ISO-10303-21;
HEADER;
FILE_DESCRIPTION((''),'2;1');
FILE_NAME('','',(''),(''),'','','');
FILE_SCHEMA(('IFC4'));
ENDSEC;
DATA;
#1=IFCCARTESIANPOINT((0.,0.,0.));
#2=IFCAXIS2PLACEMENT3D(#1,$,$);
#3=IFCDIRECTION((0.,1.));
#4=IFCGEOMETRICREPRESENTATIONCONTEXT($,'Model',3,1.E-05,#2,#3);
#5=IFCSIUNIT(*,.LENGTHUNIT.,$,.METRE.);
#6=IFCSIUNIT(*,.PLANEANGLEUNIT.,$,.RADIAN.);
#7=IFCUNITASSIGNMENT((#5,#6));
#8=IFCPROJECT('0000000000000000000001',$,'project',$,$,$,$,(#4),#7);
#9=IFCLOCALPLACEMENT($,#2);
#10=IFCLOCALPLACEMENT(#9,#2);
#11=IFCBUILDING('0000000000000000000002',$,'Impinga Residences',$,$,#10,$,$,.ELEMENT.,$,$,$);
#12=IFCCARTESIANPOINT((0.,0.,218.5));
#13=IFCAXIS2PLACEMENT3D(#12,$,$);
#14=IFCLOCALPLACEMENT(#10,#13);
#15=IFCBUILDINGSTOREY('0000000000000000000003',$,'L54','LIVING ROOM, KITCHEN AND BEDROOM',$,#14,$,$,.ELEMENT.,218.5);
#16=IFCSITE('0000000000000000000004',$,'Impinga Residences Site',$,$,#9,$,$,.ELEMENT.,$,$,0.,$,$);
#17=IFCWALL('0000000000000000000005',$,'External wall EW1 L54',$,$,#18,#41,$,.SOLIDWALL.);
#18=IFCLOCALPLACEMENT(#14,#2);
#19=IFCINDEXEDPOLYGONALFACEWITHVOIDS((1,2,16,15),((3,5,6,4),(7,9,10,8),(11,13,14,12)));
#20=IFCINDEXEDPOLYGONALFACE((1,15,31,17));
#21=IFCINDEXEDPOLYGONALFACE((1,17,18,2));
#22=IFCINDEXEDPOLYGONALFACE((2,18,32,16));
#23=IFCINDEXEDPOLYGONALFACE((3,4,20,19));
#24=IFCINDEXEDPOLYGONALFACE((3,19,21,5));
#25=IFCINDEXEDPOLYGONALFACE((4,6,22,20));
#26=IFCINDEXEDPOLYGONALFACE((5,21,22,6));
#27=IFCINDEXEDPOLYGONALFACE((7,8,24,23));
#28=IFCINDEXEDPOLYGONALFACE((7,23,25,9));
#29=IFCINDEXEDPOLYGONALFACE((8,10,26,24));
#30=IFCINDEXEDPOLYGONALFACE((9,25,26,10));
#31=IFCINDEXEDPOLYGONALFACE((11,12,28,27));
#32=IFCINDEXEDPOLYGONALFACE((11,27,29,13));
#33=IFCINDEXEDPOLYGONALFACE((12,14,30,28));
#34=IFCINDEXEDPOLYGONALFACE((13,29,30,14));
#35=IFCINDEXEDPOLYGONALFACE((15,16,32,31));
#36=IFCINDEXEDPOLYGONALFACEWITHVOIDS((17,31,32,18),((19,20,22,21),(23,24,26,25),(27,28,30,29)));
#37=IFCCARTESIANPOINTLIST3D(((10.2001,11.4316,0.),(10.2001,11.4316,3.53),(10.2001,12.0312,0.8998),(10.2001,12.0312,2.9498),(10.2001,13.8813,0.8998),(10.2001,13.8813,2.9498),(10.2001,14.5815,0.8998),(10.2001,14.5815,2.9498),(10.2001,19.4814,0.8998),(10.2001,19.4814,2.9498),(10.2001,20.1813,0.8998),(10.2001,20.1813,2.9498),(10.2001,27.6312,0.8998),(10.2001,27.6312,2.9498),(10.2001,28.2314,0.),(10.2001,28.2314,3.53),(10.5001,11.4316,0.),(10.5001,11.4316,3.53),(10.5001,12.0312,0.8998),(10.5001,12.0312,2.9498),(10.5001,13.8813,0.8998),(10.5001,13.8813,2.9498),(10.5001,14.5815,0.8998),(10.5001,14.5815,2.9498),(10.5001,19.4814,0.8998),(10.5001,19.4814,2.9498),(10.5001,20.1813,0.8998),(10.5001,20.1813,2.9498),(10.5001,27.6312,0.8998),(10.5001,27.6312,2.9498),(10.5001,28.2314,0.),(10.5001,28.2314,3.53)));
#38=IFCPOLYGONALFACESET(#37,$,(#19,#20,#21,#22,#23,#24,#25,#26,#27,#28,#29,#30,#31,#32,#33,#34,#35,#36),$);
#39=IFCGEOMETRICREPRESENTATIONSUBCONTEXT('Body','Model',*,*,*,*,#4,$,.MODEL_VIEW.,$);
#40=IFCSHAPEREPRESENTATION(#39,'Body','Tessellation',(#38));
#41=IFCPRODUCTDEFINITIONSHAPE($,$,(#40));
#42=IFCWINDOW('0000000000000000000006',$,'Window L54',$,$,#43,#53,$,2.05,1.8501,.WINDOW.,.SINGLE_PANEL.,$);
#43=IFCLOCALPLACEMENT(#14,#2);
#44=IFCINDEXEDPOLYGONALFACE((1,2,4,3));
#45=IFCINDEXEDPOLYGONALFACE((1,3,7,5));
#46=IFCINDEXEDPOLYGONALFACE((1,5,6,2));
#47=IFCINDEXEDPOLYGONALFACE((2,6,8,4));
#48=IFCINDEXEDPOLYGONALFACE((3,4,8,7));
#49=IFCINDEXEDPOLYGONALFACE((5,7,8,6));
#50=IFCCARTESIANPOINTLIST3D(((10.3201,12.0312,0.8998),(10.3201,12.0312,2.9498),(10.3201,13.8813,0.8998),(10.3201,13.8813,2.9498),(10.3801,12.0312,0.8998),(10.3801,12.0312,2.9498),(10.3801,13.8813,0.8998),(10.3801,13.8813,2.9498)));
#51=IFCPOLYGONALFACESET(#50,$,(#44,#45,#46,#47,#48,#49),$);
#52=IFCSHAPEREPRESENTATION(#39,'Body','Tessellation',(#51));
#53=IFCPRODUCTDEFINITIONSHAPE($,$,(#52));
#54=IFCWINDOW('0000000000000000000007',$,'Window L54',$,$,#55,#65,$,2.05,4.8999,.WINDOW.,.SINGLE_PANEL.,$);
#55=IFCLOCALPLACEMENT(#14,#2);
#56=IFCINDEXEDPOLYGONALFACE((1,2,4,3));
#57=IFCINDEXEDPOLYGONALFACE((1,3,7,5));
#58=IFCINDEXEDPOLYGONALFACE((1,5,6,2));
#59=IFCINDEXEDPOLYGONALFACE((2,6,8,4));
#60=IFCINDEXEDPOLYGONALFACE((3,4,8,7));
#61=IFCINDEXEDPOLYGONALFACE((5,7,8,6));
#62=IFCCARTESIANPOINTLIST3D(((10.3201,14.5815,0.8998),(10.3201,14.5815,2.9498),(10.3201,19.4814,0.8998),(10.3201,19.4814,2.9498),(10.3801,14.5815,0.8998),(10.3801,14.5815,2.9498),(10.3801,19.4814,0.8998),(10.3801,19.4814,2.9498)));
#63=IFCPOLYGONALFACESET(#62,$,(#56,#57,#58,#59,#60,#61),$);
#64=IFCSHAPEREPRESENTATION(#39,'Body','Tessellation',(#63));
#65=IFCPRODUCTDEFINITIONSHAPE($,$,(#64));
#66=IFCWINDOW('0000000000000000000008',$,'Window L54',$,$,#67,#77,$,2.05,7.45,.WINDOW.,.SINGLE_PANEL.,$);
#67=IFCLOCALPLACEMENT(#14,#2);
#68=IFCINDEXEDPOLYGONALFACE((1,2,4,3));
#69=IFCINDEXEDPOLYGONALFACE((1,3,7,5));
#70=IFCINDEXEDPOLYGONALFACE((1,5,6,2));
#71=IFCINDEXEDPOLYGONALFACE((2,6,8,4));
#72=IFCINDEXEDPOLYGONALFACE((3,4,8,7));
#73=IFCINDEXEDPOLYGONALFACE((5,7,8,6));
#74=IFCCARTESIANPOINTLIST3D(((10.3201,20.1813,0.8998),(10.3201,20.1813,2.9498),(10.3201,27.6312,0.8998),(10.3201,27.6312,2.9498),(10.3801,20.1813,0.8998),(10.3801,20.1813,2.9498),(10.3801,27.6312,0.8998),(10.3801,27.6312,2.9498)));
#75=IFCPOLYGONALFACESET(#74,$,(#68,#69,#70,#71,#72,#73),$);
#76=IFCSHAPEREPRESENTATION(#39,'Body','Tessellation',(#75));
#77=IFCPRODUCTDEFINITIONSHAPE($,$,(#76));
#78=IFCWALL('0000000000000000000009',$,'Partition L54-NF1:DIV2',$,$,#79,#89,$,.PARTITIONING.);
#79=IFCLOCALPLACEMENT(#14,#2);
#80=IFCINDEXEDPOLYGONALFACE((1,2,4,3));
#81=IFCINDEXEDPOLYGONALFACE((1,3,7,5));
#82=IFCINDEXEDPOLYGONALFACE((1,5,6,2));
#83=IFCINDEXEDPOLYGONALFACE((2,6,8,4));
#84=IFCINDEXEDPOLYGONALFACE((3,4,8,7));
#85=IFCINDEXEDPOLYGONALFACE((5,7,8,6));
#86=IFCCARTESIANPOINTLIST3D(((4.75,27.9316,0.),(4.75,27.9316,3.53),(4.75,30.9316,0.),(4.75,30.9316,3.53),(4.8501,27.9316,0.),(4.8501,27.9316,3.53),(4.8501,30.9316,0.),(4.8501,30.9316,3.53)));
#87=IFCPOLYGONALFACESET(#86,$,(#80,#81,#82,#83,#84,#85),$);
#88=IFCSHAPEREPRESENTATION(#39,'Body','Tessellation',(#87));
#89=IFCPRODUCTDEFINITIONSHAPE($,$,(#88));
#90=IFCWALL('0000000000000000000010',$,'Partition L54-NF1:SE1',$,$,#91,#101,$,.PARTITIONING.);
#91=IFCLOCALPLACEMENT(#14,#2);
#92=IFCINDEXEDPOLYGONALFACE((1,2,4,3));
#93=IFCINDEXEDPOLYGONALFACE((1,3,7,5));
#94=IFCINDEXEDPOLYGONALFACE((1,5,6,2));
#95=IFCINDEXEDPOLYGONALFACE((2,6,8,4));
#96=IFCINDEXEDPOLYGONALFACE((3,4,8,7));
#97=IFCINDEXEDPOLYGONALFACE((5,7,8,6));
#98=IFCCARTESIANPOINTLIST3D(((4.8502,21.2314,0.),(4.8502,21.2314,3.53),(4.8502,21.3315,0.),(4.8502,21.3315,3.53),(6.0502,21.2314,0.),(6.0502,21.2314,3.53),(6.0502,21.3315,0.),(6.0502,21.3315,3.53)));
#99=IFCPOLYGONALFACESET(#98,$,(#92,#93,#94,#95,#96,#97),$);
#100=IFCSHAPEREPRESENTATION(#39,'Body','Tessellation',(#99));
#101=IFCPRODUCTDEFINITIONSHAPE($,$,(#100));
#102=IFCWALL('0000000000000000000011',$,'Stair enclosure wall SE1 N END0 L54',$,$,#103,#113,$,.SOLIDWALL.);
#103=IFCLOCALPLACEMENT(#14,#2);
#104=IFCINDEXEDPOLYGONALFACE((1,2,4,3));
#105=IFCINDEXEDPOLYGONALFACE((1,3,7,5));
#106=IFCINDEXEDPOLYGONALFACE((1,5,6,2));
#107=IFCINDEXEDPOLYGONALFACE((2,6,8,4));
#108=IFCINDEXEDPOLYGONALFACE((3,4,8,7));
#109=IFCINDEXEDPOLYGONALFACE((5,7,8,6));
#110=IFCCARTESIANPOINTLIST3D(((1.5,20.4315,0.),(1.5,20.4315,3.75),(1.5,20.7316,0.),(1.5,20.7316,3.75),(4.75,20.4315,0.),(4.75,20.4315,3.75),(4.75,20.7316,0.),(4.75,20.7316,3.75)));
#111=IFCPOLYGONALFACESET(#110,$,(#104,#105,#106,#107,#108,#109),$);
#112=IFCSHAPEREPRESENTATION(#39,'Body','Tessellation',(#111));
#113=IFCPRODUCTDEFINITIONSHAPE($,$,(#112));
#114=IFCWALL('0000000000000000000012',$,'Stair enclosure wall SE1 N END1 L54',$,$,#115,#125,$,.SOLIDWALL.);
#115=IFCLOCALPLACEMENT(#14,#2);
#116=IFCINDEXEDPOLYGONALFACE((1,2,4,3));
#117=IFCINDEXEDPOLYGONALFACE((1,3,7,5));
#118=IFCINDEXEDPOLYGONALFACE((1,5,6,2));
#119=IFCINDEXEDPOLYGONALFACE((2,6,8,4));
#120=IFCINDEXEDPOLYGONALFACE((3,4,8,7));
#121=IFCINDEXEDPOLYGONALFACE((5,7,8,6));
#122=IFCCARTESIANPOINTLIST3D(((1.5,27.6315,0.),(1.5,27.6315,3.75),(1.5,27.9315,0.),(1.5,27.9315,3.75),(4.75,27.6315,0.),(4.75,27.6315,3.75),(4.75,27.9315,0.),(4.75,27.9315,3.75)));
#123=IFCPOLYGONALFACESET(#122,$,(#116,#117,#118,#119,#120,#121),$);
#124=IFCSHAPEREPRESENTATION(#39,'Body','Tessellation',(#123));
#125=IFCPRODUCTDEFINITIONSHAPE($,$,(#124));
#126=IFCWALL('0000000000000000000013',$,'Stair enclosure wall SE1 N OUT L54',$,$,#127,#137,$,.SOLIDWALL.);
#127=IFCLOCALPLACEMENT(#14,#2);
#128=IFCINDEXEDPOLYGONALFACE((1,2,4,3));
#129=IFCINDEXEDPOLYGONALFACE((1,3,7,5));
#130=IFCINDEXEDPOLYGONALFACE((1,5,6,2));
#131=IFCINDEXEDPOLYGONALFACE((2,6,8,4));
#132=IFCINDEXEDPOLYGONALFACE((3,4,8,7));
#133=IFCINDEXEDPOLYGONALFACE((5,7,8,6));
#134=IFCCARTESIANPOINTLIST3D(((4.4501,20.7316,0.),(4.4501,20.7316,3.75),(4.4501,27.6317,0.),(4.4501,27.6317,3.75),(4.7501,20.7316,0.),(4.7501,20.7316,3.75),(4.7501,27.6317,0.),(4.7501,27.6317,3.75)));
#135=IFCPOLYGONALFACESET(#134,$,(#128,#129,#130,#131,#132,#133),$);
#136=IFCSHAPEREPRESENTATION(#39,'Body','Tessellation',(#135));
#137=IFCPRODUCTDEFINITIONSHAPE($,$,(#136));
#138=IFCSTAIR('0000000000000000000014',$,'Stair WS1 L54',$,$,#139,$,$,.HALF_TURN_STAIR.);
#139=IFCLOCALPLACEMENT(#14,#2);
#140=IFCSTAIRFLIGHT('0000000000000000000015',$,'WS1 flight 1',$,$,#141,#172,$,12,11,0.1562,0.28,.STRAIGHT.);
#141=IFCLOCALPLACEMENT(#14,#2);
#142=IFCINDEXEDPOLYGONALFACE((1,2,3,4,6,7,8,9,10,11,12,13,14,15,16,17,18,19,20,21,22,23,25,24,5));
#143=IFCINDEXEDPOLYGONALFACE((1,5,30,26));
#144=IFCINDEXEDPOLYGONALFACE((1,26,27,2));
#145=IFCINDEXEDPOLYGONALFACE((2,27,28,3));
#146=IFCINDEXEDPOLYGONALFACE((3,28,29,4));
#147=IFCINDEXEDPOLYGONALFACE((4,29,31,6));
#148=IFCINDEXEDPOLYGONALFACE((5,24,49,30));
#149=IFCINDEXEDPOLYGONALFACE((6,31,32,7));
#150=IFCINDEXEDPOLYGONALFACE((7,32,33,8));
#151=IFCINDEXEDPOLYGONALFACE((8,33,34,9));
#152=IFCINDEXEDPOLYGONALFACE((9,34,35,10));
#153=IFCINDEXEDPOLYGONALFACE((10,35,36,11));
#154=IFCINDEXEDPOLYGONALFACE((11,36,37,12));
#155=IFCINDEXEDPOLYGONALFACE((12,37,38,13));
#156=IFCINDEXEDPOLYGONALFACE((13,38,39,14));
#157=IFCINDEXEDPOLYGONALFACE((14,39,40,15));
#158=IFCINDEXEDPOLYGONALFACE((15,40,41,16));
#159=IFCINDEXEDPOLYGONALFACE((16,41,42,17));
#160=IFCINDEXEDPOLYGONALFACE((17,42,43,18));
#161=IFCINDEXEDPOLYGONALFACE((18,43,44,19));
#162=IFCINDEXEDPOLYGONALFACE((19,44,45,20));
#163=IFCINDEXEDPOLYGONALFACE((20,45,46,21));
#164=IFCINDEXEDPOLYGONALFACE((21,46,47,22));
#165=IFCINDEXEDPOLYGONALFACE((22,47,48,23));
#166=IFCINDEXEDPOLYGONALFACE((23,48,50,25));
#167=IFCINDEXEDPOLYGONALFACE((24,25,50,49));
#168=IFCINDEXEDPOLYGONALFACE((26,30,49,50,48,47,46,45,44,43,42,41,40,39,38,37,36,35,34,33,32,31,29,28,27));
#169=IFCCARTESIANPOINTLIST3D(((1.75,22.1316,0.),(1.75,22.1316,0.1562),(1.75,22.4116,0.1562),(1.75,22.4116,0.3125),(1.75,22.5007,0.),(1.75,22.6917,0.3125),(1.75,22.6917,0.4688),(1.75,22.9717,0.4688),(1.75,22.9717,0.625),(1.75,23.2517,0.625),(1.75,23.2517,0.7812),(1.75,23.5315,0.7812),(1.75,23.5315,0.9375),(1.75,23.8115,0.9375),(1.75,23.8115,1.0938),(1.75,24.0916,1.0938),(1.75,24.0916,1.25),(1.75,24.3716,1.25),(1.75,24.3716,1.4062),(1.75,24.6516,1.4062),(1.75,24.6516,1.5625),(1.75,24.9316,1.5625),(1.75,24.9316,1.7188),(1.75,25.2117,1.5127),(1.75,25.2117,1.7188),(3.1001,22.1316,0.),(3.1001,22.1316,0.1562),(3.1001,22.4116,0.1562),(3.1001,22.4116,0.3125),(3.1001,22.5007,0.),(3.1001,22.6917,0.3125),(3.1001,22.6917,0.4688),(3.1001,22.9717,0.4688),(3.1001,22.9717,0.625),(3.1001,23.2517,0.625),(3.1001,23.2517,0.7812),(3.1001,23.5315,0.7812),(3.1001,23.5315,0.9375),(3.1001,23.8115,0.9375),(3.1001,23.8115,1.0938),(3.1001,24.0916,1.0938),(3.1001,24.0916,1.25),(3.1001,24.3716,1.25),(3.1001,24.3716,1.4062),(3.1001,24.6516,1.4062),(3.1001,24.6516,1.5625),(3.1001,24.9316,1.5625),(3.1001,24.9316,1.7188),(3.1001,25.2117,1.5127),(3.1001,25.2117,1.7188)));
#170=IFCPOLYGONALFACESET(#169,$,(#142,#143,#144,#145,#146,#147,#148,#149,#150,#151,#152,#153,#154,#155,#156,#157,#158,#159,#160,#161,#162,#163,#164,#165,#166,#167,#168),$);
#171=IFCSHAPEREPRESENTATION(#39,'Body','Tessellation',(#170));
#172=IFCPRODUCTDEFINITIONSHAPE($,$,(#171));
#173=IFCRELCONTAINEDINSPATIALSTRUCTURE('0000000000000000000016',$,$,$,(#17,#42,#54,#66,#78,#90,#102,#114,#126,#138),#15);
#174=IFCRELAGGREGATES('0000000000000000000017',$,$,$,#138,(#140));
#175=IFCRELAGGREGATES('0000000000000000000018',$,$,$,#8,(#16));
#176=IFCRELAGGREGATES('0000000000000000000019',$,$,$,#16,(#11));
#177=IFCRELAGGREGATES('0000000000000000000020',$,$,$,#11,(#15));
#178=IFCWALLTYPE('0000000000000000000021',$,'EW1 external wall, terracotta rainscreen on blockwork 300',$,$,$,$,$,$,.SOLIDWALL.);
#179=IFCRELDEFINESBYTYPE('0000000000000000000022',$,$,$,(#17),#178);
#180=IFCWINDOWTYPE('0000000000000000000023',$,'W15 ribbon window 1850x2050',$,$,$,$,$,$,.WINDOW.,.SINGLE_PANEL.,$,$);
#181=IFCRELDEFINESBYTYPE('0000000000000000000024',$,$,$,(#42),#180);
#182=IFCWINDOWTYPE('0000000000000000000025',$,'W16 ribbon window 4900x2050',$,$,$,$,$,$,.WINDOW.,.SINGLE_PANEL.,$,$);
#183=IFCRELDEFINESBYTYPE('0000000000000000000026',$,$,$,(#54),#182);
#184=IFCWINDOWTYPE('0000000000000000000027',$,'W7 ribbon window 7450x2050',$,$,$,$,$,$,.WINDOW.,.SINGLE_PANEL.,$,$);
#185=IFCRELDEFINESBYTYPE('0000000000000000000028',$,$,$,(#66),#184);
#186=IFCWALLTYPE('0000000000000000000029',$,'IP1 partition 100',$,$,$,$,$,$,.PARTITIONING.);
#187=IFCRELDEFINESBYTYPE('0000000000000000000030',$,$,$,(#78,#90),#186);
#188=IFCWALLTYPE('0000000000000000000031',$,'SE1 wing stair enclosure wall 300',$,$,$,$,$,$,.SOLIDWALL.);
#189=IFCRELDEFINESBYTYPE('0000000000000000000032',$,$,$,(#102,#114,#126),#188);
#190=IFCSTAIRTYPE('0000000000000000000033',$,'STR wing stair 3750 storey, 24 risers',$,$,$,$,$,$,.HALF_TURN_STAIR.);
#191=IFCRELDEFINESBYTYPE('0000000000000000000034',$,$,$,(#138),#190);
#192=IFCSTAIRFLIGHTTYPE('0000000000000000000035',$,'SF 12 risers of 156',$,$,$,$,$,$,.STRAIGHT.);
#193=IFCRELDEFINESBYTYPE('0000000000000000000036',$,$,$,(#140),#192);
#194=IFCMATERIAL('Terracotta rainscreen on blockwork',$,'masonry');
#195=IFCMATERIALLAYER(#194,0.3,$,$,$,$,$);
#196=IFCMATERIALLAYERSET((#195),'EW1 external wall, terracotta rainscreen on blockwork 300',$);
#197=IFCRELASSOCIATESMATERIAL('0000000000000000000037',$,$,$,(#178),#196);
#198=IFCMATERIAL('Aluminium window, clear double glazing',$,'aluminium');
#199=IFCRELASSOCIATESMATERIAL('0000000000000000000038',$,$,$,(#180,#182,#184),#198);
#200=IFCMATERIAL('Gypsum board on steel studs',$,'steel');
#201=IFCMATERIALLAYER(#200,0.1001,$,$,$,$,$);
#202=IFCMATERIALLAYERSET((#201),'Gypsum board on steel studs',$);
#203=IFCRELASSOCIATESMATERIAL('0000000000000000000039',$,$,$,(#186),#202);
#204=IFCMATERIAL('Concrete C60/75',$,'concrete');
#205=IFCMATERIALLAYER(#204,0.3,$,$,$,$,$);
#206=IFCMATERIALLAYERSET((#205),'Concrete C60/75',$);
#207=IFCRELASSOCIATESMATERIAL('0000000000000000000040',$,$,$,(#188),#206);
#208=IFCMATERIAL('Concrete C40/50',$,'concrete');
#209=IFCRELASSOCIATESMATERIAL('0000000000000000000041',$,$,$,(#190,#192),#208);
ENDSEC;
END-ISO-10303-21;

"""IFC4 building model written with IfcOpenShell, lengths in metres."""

from ifc_helpers import new_model, si_unit, direction, frame, frame_2d, origin, place, context, subcontext, project, spatial, polyline, rectangle, outline, extrude, material, layer, layer_set, type_object, element, fill, aggregate, save


model = new_model("IFC4")

# Units and contexts
model_context = context("Model", 3, precision=1e-05, world=origin(), true_north=direction((0.0, 1.0)))
body_context = subcontext(model_context, "Body", "Model", "MODEL_VIEW")
ifc_project = project(units=[si_unit("LENGTHUNIT", "METRE"), si_unit("PLANEANGLEUNIT", "RADIAN")], contexts=[model_context])

# Site, building, storey
site_placement = place(None, origin())
site = spatial("IfcSite", under=ifc_project, at=site_placement, Name="Impinga Residences Site", CompositionType="ELEMENT", RefElevation=0.0)
building_placement = place(site_placement, origin())
building = spatial("IfcBuilding", under=site, at=building_placement, Name="Impinga Residences", CompositionType="ELEMENT")
storey_placement = place(building_placement, frame((0.0, 0.0, 218.5)))
storey = spatial("IfcBuildingStorey", under=building, at=storey_placement, Name="L54", Description="LIVING ROOM, KITCHEN AND BEDROOM", CompositionType="ELEMENT", Elevation=218.5)

# Shared definitions
ifc_material_1 = material(Name="Concrete C60/75", Category="concrete")

# Shared definitions
ifc_material_2 = material(Name="Terracotta rainscreen on blockwork", Category="masonry")
ifc_layer_1 = layer(ifc_material_2, 0.3)
ifc_layer_set_1 = layer_set([ifc_layer_1], Name="EW1 external wall, terracotta rainscreen on blockwork 300")
wall_type_1 = type_object("IfcWallType", Name="EW1 external wall, terracotta rainscreen on blockwork 300", PredefinedType="SOLIDWALL", material=ifc_layer_set_1)

# Wall, openings, windows
wall_1_placement = place(storey_placement, frame((10.3501, 28.2314, 0.0), z_axis=(0.0, 0.0, 1.0), x_axis=(0.0, -1.0, 0.0)))
wall_1 = element("IfcWall", 1, at=wall_1_placement, inside=storey, type_object=wall_type_1, Name="External wall EW1 L54", PredefinedType="SOLIDWALL", context=body_context, shape_type="SweptSolid", body=[
    extrude(rectangle(XDim=16.7998, YDim=0.3, at=frame_2d((8.3999, 0.0))), origin(), (0.0, 0.0, 1.0), 3.53),
])
opening_1_placement = place(wall_1_placement, frame((0.6001, 0.0, 0.8999)))
opening_1 = element("IfcOpeningElement", 2, at=opening_1_placement, cuts=wall_1, PredefinedType="OPENING", context=body_context, shape_type="SweptSolid", body=[
    extrude(rectangle(XDim=7.45, YDim=2.05, at=frame_2d((3.7251, 1.0249))), frame((0.0, 0.1599, 0.0), z_axis=(0.0, -1.0, 0.0), x_axis=(1.0, 0.0, 0.0)), (0.0, 0.0, 1.0), 0.3201),
])
opening_2_placement = place(wall_1_placement, frame((8.75, 0.0, 0.8999)))
opening_2 = element("IfcOpeningElement", 3, at=opening_2_placement, cuts=wall_1, PredefinedType="OPENING", context=body_context, shape_type="SweptSolid", body=[
    extrude(rectangle(XDim=4.8999, YDim=2.05, at=frame_2d((2.45, 1.0249))), frame((0.0, 0.1599, 0.0), z_axis=(0.0, -1.0, 0.0), x_axis=(1.0, 0.0, 0.0)), (0.0, 0.0, 1.0), 0.3201),
])
opening_3_placement = place(wall_1_placement, frame((14.3501, 0.0, 0.8999)))
opening_3 = element("IfcOpeningElement", 4, at=opening_3_placement, cuts=wall_1, PredefinedType="OPENING", context=body_context, shape_type="SweptSolid", body=[
    extrude(rectangle(XDim=1.8501, YDim=2.05, at=frame_2d((0.925, 1.0249))), frame((0.0, 0.1599, 0.0), z_axis=(0.0, -1.0, 0.0), x_axis=(1.0, 0.0, 0.0)), (0.0, 0.0, 1.0), 0.3201),
])
ifc_material_3 = material(Name="Aluminium window, clear double glazing", Category="aluminium")
window_type_1 = type_object("IfcWindowType", Name="W15 ribbon window 1850x2050", PartitioningType="SINGLE_PANEL", PredefinedType="WINDOW", material=ifc_material_3)
window_1_placement = place(opening_3_placement, origin())
window_1 = element("IfcWindow", 5, at=window_1_placement, inside=storey, type_object=window_type_1, Name="Window L54", OverallHeight=2.05, OverallWidth=1.8501, PartitioningType="SINGLE_PANEL", PredefinedType="WINDOW", context=body_context, shape_type="SweptSolid", body=[
    extrude(rectangle(XDim=1.8501, YDim=2.05, at=frame_2d((0.925, 1.0249))), frame((0.0, 0.03, 0.0), z_axis=(0.0, -1.0, 0.0), x_axis=(1.0, 0.0, 0.0)), (0.0, 0.0, 1.0), 0.0601),
])
fill(opening_3, window_1)
window_type_2 = type_object("IfcWindowType", Name="W16 ribbon window 4900x2050", PartitioningType="SINGLE_PANEL", PredefinedType="WINDOW", material=ifc_material_3)
window_2_placement = place(opening_2_placement, origin())
window_2 = element("IfcWindow", 6, at=window_2_placement, inside=storey, type_object=window_type_2, Name="Window L54", OverallHeight=2.05, OverallWidth=4.8999, PartitioningType="SINGLE_PANEL", PredefinedType="WINDOW", context=body_context, shape_type="SweptSolid", body=[
    extrude(rectangle(XDim=4.8999, YDim=2.05, at=frame_2d((2.45, 1.0249))), frame((0.0, 0.03, 0.0), z_axis=(0.0, -1.0, 0.0), x_axis=(1.0, 0.0, 0.0)), (0.0, 0.0, 1.0), 0.0601),
])
fill(opening_2, window_2)
window_type_3 = type_object("IfcWindowType", Name="W7 ribbon window 7450x2050", PartitioningType="SINGLE_PANEL", PredefinedType="WINDOW", material=ifc_material_3)
window_3_placement = place(opening_1_placement, origin())
window_3 = element("IfcWindow", 7, at=window_3_placement, inside=storey, type_object=window_type_3, Name="Window L54", OverallHeight=2.05, OverallWidth=7.45, PartitioningType="SINGLE_PANEL", PredefinedType="WINDOW", context=body_context, shape_type="SweptSolid", body=[
    extrude(rectangle(XDim=7.45, YDim=2.05, at=frame_2d((3.7251, 1.0249))), frame((0.0, 0.03, 0.0), z_axis=(0.0, -1.0, 0.0), x_axis=(1.0, 0.0, 0.0)), (0.0, 0.0, 1.0), 0.0601),
])
fill(opening_1, window_3)

# Walls
ifc_material_4 = material(Name="Gypsum board on steel studs", Category="steel")
ifc_layer_2 = layer(ifc_material_4, 0.1001)
ifc_layer_set_2 = layer_set([ifc_layer_2], Name="Gypsum board on steel studs")
wall_type_2 = type_object("IfcWallType", Name="IP1 partition 100", PredefinedType="PARTITIONING", material=ifc_layer_set_2)
wall_2_placement = place(storey_placement, frame((4.8, 27.9316, 0.0), z_axis=(0.0, 0.0, 1.0), x_axis=(0.0, 1.0, 0.0)))
element("IfcWall", 8, at=wall_2_placement, inside=storey, type_object=wall_type_2, Name="Partition L54-NF1:DIV2", PredefinedType="PARTITIONING", context=body_context, shape_type="SweptSolid", body=[
    extrude(rectangle(XDim=3.0, YDim=0.1001, at=frame_2d((1.5, 0.0))), origin(), (0.0, 0.0, 1.0), 3.53),
])
wall_3_placement = place(storey_placement, frame((4.8501, 21.2815, 0.0), z_axis=(0.0, 0.0, 1.0), x_axis=(1.0, 0.0, 0.0)))
element("IfcWall", 9, at=wall_3_placement, inside=storey, type_object=wall_type_2, Name="Partition L54-NF1:SE1", PredefinedType="PARTITIONING", context=body_context, shape_type="SweptSolid", body=[
    extrude(rectangle(XDim=1.2, YDim=0.1001, at=frame_2d((0.6001, 0.0))), origin(), (0.0, 0.0, 1.0), 3.53),
])
ifc_layer_3 = layer(ifc_material_1, 0.3)
ifc_layer_set_3 = layer_set([ifc_layer_3], Name="Concrete C60/75")
wall_type_3 = type_object("IfcWallType", Name="SE1 wing stair enclosure wall 300", PredefinedType="SOLIDWALL", material=ifc_layer_set_3)
for number, where, z_axis, x_axis, name in (
    (10, (1.5, 20.5815, 0.0), (0.0, 0.0, 1.0), (1.0, 0.0, 0.0), "Stair enclosure wall SE1 N END0 L54"),
    (11, (1.5, 27.7815, 0.0), (0.0, 0.0, 1.0), (1.0, 0.0, 0.0), "Stair enclosure wall SE1 N END1 L54"),
):
    element("IfcWall", number, at=place(storey_placement, frame(where, z_axis=z_axis, x_axis=x_axis)), inside=storey, type_object=wall_type_3, Name=name, PredefinedType="SOLIDWALL", context=body_context, shape_type="SweptSolid", body=[
        extrude(rectangle(XDim=3.25, YDim=0.3, at=frame_2d((1.625, 0.0))), origin(), (0.0, 0.0, 1.0), 3.75),
    ])
wall_4_placement = place(storey_placement, frame((4.6001, 20.7314, 0.0), z_axis=(0.0, 0.0, 1.0), x_axis=(0.0, 1.0, 0.0)))
element("IfcWall", 12, at=wall_4_placement, inside=storey, type_object=wall_type_3, Name="Stair enclosure wall SE1 N OUT L54", PredefinedType="SOLIDWALL", context=body_context, shape_type="SweptSolid", body=[
    extrude(rectangle(XDim=6.9001, YDim=0.3, at=frame_2d((3.4502, 0.0))), origin(), (0.0, 0.0, 1.0), 3.75),
])

# Stair, stair flight
ifc_material_5 = material(Name="Concrete C40/50", Category="concrete")
stair_type = type_object("IfcStairType", Name="STR wing stair 3750 storey, 24 risers", PredefinedType="HALF_TURN_STAIR", material=ifc_material_5)
stair_placement = place(storey_placement, origin())
stair = element("IfcStair", 13, at=stair_placement, inside=storey, type_object=stair_type, Name="Stair WS1 L54", PredefinedType="HALF_TURN_STAIR")
stair_flight_type = type_object("IfcStairFlightType", Name="SF 12 risers of 156", PredefinedType="STRAIGHT", material=ifc_material_5)
stair_flight_1_placement = place(storey_placement, frame((2.425, 22.1316, 0.0), z_axis=(0.0, 0.0, 1.0), x_axis=(0.0, 1.0, 0.0)))
stair_flight_1 = element("IfcStairFlight", 14, at=stair_flight_1_placement, type_object=stair_flight_type, Name="WS1 flight 1", NumberOfRisers=12, NumberOfTreads=11, PredefinedType="STRAIGHT", RiserHeight=0.1562, TreadLength=0.28, context=body_context, shape_type="SweptSolid", body=[
    extrude(outline(polyline([(0.0, 0.0), (0.0, 0.1562), (0.28, 0.1562), (0.28, 0.3125), (0.5601, 0.3125), (0.5601, 0.4688), (0.8401, 0.4688), (0.8401, 0.625), (1.1201, 0.625), (1.1201, 0.7812), (1.3999, 0.7812), (1.3999, 0.9375), (1.6799, 0.9375), (1.6799, 1.0938), (1.96, 1.0938), (1.96, 1.25), (2.24, 1.25), (2.24, 1.4062), (2.52, 1.4062), (2.52, 1.5625), (2.8, 1.5625), (2.8, 1.7188), (3.0801, 1.7188), (3.0801, 1.875), (3.0801, 1.5127), (0.3691, 0.0), (0.0, 0.0)])), frame((0.0, 0.675, 0.0), z_axis=(0.0, -1.0, 0.0), x_axis=(1.0, 0.0, 0.0)), (0.0, 0.0, 1.0), 1.3501),
])
aggregate(stair, [stair_flight_1])

save(model, "model.ifc")
